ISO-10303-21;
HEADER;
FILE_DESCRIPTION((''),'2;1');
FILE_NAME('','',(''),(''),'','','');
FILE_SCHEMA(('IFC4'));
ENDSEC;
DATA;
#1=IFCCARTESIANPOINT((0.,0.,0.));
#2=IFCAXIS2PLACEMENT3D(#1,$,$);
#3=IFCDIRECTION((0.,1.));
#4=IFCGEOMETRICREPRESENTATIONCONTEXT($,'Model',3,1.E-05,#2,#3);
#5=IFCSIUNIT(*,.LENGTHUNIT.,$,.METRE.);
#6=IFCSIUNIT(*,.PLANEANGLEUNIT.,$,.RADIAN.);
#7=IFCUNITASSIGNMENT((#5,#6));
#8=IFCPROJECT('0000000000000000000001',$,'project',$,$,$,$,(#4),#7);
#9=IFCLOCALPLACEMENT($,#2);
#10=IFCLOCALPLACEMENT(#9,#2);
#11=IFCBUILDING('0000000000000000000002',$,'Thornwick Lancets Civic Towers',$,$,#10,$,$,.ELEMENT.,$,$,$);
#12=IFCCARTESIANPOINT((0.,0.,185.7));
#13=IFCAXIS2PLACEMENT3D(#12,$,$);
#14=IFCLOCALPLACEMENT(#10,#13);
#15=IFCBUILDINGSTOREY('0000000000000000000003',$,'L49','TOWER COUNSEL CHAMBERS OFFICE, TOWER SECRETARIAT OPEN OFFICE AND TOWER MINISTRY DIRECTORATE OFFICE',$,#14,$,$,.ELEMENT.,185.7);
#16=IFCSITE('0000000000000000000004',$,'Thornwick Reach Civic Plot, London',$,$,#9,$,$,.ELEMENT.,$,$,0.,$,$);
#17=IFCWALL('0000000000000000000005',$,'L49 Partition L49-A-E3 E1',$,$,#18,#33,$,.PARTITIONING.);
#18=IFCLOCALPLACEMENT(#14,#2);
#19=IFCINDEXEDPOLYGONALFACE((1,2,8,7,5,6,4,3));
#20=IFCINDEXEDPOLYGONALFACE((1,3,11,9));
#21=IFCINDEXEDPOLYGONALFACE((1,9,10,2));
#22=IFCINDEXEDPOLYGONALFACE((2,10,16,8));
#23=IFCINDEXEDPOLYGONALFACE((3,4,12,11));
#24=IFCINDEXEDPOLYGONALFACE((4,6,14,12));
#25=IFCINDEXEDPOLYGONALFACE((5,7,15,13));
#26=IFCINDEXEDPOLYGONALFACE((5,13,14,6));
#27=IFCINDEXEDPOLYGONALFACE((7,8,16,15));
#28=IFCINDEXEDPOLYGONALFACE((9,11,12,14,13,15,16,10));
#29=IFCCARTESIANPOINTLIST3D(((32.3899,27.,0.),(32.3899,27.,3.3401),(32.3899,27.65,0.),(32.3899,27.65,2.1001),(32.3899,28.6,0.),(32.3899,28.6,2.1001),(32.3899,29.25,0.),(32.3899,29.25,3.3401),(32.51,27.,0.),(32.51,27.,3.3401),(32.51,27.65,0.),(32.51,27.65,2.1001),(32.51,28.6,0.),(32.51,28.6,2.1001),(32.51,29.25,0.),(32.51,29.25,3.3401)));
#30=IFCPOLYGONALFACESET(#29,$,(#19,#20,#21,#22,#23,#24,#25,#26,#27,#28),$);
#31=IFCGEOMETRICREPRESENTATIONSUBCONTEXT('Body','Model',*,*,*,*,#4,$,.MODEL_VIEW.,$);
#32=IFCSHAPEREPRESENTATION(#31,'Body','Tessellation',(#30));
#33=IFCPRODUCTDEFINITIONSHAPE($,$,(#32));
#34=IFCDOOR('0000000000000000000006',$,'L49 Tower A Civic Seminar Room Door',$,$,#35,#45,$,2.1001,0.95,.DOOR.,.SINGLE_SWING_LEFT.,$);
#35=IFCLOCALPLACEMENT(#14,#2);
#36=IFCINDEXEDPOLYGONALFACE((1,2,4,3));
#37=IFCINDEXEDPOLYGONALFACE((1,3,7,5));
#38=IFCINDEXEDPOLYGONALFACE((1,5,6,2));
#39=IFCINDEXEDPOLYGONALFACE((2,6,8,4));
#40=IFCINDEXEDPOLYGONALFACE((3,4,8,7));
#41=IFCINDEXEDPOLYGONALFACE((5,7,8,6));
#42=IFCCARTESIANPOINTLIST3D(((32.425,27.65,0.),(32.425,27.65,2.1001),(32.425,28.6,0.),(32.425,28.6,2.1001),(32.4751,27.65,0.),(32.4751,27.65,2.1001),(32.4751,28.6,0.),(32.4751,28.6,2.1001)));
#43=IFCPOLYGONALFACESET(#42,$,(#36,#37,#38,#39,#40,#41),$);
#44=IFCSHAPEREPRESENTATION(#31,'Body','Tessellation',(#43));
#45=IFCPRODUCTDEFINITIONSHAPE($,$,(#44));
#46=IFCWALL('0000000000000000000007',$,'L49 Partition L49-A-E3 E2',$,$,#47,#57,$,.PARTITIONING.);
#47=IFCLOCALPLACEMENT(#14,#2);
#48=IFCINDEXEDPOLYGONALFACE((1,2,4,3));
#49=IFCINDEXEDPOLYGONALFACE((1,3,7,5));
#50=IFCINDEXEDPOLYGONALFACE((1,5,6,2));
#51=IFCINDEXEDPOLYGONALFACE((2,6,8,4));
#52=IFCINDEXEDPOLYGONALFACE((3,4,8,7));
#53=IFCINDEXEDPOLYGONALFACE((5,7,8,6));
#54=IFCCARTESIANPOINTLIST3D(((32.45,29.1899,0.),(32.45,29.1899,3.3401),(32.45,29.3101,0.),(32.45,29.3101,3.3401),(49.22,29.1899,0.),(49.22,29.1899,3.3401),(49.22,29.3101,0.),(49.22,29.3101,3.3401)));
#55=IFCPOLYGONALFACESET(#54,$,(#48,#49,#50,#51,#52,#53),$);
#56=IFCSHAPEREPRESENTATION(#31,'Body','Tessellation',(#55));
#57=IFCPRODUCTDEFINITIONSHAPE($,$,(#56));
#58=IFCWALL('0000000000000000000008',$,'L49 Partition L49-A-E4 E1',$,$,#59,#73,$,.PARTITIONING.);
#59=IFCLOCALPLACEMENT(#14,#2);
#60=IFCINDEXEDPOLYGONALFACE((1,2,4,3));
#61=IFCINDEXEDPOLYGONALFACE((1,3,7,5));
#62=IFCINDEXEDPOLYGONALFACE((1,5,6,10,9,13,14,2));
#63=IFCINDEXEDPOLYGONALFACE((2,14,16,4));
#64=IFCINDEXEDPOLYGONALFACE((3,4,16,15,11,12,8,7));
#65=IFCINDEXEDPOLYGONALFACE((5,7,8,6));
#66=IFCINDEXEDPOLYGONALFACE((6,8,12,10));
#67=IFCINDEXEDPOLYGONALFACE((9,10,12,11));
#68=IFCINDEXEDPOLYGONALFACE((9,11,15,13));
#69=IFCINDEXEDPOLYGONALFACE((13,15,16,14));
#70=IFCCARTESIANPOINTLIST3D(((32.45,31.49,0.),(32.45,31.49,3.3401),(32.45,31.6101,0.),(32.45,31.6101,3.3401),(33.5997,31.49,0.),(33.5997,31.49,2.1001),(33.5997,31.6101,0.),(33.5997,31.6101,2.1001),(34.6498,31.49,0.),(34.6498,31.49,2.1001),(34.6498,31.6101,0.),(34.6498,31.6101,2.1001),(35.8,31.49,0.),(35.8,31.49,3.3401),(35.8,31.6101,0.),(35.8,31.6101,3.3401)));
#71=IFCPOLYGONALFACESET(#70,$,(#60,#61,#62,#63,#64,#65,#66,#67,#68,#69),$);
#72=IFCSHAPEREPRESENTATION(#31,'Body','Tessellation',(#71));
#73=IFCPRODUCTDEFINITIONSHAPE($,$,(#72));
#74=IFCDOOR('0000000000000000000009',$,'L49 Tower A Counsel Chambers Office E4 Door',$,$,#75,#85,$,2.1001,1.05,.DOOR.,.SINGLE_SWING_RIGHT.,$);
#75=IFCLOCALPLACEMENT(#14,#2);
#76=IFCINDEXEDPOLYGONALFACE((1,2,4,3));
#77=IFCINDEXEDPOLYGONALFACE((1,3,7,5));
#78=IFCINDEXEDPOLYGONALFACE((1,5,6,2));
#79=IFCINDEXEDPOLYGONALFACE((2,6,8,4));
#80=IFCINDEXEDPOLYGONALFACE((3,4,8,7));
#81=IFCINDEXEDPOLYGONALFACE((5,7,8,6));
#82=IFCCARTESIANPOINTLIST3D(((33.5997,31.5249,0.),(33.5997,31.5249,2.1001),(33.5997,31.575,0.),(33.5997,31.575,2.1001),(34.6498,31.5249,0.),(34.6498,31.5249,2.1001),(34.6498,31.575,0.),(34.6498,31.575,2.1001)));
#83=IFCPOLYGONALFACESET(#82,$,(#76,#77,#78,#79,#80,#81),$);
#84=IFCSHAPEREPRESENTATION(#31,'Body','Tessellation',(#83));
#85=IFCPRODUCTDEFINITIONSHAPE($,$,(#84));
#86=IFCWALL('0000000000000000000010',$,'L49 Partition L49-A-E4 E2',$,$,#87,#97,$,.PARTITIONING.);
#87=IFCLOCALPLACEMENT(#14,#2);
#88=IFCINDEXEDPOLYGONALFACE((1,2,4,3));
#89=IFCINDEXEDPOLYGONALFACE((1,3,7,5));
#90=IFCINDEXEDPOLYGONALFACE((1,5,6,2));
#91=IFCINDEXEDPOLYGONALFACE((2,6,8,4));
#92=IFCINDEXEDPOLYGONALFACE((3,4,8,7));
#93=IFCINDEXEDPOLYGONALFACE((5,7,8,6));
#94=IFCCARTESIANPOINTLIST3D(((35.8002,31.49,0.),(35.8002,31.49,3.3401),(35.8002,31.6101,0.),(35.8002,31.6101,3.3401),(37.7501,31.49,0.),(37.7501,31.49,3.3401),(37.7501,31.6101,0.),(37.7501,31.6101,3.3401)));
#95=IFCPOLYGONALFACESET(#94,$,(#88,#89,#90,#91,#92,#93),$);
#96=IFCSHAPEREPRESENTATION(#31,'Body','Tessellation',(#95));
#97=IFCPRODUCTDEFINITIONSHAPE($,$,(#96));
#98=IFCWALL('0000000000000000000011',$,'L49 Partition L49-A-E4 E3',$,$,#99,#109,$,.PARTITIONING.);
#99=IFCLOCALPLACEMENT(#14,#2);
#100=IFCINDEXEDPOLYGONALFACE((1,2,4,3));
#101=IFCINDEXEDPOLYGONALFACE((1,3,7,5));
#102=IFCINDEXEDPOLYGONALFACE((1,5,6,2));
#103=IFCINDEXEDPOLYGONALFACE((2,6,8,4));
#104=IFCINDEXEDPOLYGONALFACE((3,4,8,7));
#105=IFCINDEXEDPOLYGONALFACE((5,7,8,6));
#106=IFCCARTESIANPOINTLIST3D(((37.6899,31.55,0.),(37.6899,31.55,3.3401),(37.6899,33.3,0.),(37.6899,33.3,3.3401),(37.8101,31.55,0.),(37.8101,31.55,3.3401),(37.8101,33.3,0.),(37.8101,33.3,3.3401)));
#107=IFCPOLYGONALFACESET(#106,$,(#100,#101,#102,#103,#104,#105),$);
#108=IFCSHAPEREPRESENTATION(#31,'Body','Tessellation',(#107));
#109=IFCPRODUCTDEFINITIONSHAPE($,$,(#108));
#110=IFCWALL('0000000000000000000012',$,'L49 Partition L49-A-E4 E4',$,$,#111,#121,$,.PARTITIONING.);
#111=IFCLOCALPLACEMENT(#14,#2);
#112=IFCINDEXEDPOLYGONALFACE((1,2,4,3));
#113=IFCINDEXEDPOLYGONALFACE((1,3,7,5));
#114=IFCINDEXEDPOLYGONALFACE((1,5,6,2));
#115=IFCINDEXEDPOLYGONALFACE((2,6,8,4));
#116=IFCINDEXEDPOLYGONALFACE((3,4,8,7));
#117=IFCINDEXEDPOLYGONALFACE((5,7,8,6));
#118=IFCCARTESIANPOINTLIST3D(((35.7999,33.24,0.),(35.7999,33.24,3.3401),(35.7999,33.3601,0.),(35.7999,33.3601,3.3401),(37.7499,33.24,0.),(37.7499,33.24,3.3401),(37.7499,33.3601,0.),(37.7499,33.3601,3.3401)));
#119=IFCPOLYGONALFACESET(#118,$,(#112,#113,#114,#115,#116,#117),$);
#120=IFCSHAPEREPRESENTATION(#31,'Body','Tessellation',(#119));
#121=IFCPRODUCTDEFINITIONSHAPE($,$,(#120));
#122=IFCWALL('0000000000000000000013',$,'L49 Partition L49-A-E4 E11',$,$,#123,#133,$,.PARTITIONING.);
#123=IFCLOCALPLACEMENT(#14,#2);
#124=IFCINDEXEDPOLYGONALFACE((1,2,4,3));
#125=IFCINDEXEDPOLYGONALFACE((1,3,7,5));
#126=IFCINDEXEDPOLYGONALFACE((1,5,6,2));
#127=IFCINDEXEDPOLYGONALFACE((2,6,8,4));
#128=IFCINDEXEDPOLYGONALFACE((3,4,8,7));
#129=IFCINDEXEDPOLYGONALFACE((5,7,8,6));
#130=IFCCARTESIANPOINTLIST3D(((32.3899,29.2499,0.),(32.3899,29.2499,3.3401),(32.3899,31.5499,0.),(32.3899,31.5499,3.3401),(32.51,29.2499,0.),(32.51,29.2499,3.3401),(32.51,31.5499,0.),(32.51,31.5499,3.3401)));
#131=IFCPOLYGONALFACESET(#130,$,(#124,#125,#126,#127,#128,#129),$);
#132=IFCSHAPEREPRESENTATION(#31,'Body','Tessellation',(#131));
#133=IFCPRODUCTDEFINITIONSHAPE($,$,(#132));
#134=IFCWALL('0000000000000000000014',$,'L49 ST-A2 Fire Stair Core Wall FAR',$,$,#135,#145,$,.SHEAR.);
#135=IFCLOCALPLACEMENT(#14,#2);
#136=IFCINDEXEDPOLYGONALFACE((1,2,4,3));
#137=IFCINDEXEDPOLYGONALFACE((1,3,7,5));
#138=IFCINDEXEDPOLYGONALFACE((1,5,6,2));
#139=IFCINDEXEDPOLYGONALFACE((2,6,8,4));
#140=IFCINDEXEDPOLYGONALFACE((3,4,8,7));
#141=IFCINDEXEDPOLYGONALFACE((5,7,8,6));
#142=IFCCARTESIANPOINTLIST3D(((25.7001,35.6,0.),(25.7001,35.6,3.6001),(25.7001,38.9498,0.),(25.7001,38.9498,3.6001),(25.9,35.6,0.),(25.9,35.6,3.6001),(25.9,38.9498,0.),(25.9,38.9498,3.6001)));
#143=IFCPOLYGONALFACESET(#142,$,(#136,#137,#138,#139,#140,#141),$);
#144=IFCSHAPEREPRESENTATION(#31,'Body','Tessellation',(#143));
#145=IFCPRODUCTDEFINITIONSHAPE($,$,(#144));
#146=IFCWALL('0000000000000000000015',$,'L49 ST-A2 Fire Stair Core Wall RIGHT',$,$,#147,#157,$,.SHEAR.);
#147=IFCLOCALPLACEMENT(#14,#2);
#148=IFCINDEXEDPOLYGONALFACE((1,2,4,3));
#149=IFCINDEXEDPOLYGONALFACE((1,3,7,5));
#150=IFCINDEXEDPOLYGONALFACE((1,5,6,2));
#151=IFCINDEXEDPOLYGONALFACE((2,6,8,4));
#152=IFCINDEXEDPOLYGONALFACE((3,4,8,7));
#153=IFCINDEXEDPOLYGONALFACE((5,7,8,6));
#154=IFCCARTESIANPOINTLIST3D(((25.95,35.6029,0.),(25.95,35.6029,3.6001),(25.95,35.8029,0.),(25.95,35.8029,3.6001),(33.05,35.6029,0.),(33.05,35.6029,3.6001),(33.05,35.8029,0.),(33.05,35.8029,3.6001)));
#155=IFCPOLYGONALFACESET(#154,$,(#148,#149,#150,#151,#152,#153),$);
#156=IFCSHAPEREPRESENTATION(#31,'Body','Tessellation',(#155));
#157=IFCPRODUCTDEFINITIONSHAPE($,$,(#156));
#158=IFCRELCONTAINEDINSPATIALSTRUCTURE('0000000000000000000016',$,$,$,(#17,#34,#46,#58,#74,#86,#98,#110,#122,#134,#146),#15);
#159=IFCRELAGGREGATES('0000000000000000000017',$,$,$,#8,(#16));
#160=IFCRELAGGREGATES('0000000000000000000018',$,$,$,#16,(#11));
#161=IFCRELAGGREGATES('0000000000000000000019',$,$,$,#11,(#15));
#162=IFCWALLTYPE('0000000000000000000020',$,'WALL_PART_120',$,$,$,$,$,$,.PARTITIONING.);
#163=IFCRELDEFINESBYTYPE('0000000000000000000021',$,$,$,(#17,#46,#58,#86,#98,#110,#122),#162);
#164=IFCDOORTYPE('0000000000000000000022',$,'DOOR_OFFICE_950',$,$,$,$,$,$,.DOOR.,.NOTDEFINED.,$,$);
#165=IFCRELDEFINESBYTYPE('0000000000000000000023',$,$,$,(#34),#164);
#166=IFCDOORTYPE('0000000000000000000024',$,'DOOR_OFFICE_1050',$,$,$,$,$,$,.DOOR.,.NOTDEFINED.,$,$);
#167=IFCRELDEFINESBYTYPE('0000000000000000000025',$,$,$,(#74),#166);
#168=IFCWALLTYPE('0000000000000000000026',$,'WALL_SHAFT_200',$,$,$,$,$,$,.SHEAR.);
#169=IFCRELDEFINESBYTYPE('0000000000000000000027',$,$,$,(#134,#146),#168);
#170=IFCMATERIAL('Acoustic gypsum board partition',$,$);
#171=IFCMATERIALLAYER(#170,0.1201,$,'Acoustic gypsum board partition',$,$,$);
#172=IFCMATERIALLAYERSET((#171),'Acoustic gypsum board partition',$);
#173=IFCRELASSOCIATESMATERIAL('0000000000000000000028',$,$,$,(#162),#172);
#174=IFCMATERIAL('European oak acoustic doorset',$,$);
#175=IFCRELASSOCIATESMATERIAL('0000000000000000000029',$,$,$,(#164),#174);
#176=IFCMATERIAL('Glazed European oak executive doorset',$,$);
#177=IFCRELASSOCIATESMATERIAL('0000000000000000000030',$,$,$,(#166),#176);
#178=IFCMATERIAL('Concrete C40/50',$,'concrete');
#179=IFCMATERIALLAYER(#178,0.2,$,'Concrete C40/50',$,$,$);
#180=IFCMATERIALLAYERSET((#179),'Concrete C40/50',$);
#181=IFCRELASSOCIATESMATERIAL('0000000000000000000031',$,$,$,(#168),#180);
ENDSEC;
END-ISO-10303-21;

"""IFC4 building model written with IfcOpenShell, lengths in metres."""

from ifc_helpers import new_model, si_unit, direction, frame, frame_2d, origin, place, context, subcontext, project, spatial, rectangle, extrude, material, layer, layer_set, type_object, element, fill, save


model = new_model("IFC4")

# Units and contexts
model_context = context("Model", 3, precision=1e-05, world=origin(), true_north=direction((0.0, 1.0)))
body_context = subcontext(model_context, "Body", "Model", "MODEL_VIEW")
ifc_project = project(units=[si_unit("LENGTHUNIT", "METRE"), si_unit("PLANEANGLEUNIT", "RADIAN")], contexts=[model_context])

# Site, building, storey
site_placement = place(None, origin())
site = spatial("IfcSite", under=ifc_project, at=site_placement, Name="Thornwick Reach Civic Plot, London", CompositionType="ELEMENT", RefElevation=0.0)
building_placement = place(site_placement, origin())
building = spatial("IfcBuilding", under=site, at=building_placement, Name="Thornwick Lancets Civic Towers", CompositionType="ELEMENT")
storey_placement = place(building_placement, frame((0.0, 0.0, 185.7)))
storey = spatial("IfcBuildingStorey", under=building, at=storey_placement, Name="L49", Description="TOWER COUNSEL CHAMBERS OFFICE, TOWER SECRETARIAT OPEN OFFICE AND TOWER MINISTRY DIRECTORATE OFFICE", CompositionType="ELEMENT", Elevation=185.7)

# Wall, opening, door
ifc_material_1 = material(Name="Acoustic gypsum board partition")
ifc_layer_1 = layer(ifc_material_1, 0.1201, Name="Acoustic gypsum board partition")
ifc_layer_set_1 = layer_set([ifc_layer_1], Name="Acoustic gypsum board partition")
wall_type_1 = type_object("IfcWallType", Name="WALL_PART_120", PredefinedType="PARTITIONING", material=ifc_layer_set_1)
wall_1_placement = place(storey_placement, frame((32.45, 27.0, 0.0), z_axis=(0.0, 0.0, 1.0), x_axis=(0.0, 1.0, 0.0)))
wall_1 = element("IfcWall", 1, at=wall_1_placement, inside=storey, type_object=wall_type_1, Name="L49 Partition L49-A-E3 E1", PredefinedType="PARTITIONING", context=body_context, shape_type="SweptSolid", body=[
    extrude(rectangle(XDim=2.25, YDim=0.1201, at=frame_2d((1.125, 0.0))), origin(), (0.0, 0.0, 1.0), 3.3401),
])
opening_1_placement = place(wall_1_placement, frame((0.6499, 0.0, 0.0)))
opening_1 = element("IfcOpeningElement", 2, at=opening_1_placement, cuts=wall_1, PredefinedType="OPENING", context=body_context, shape_type="SweptSolid", body=[
    extrude(rectangle(XDim=0.95, YDim=2.1001, at=frame_2d((0.4751, 1.05))), frame((0.0, 0.0701, 0.0), z_axis=(0.0, -1.0, 0.0), x_axis=(1.0, 0.0, 0.0)), (0.0, 0.0, 1.0), 0.1401),
])
ifc_material_2 = material(Name="European oak acoustic doorset")
door_type_1 = type_object("IfcDoorType", Name="DOOR_OFFICE_950", OperationType="NOTDEFINED", PredefinedType="DOOR", material=ifc_material_2)
door_1_placement = place(opening_1_placement, origin())
door_1 = element("IfcDoor", 3, at=door_1_placement, inside=storey, type_object=door_type_1, Name="L49 Tower A Civic Seminar Room Door", OperationType="SINGLE_SWING_LEFT", OverallHeight=2.1001, OverallWidth=0.95, PredefinedType="DOOR", context=body_context, shape_type="SweptSolid", body=[
    extrude(rectangle(XDim=0.95, YDim=2.1001, at=frame_2d((0.4751, 1.05))), frame((0.0, 0.0249, 0.0), z_axis=(0.0, -1.0, 0.0), x_axis=(1.0, 0.0, 0.0)), (0.0, 0.0, 1.0), 0.05),
])
fill(opening_1, door_1)

# Wall
wall_2_placement = place(storey_placement, frame((32.45, 29.25, 0.0), z_axis=(0.0, 0.0, 1.0), x_axis=(1.0, 0.0, 0.0)))
element("IfcWall", 4, at=wall_2_placement, inside=storey, type_object=wall_type_1, Name="L49 Partition L49-A-E3 E2", PredefinedType="PARTITIONING", context=body_context, shape_type="SweptSolid", body=[
    extrude(rectangle(XDim=16.77, YDim=0.1201, at=frame_2d((8.385, 0.0))), origin(), (0.0, 0.0, 1.0), 3.3401),
])

# Wall, opening, door
wall_3_placement = place(storey_placement, frame((32.45, 31.55, 0.0), z_axis=(0.0, 0.0, 1.0), x_axis=(1.0, 0.0, 0.0)))
wall_3 = element("IfcWall", 5, at=wall_3_placement, inside=storey, type_object=wall_type_1, Name="L49 Partition L49-A-E4 E1", PredefinedType="PARTITIONING", context=body_context, shape_type="SweptSolid", body=[
    extrude(rectangle(XDim=3.3501, YDim=0.1201, at=frame_2d((1.675, 0.0))), origin(), (0.0, 0.0, 1.0), 3.3401),
])
opening_2_placement = place(wall_3_placement, frame((1.1499, 0.0, 0.0)))
opening_2 = element("IfcOpeningElement", 6, at=opening_2_placement, cuts=wall_3, PredefinedType="OPENING", context=body_context, shape_type="SweptSolid", body=[
    extrude(rectangle(XDim=1.05, YDim=2.1001, at=frame_2d((0.5249, 1.05))), frame((0.0, 0.0701, 0.0), z_axis=(0.0, -1.0, 0.0), x_axis=(1.0, 0.0, 0.0)), (0.0, 0.0, 1.0), 0.1401),
])
ifc_material_3 = material(Name="Glazed European oak executive doorset")
door_type_2 = type_object("IfcDoorType", Name="DOOR_OFFICE_1050", OperationType="NOTDEFINED", PredefinedType="DOOR", material=ifc_material_3)
door_2_placement = place(opening_2_placement, origin())
door_2 = element("IfcDoor", 7, at=door_2_placement, inside=storey, type_object=door_type_2, Name="L49 Tower A Counsel Chambers Office E4 Door", OperationType="SINGLE_SWING_RIGHT", OverallHeight=2.1001, OverallWidth=1.05, PredefinedType="DOOR", context=body_context, shape_type="SweptSolid", body=[
    extrude(rectangle(XDim=1.05, YDim=2.1001, at=frame_2d((0.5249, 1.05))), frame((0.0, 0.0249, 0.0), z_axis=(0.0, -1.0, 0.0), x_axis=(1.0, 0.0, 0.0)), (0.0, 0.0, 1.0), 0.05),
])
fill(opening_2, door_2)

# Walls
wall_4_placement = place(storey_placement, frame((35.8, 31.55, 0.0), z_axis=(0.0, 0.0, 1.0), x_axis=(1.0, 0.0, 0.0)))
element("IfcWall", 8, at=wall_4_placement, inside=storey, type_object=wall_type_1, Name="L49 Partition L49-A-E4 E2", PredefinedType="PARTITIONING", context=body_context, shape_type="SweptSolid", body=[
    extrude(rectangle(XDim=1.95, YDim=0.1201, at=frame_2d((0.9751, 0.0))), origin(), (0.0, 0.0, 1.0), 3.3401),
])
wall_5_placement = place(storey_placement, frame((37.75, 31.55, 0.0), z_axis=(0.0, 0.0, 1.0), x_axis=(0.0, 1.0, 0.0)))
element("IfcWall", 9, at=wall_5_placement, inside=storey, type_object=wall_type_1, Name="L49 Partition L49-A-E4 E3", PredefinedType="PARTITIONING", context=body_context, shape_type="SweptSolid", body=[
    extrude(rectangle(XDim=1.75, YDim=0.1201, at=frame_2d((0.875, 0.0))), origin(), (0.0, 0.0, 1.0), 3.3401),
])
wall_6_placement = place(storey_placement, frame((37.75, 33.3, 0.0), z_axis=(0.0, 0.0, 1.0), x_axis=(-1.0, 0.0, 0.0)))
element("IfcWall", 10, at=wall_6_placement, inside=storey, type_object=wall_type_1, Name="L49 Partition L49-A-E4 E4", PredefinedType="PARTITIONING", context=body_context, shape_type="SweptSolid", body=[
    extrude(rectangle(XDim=1.95, YDim=0.1201, at=frame_2d((0.9751, 0.0))), origin(), (0.0, 0.0, 1.0), 3.3401),
])
wall_7_placement = place(storey_placement, frame((32.45, 29.25, 0.0), z_axis=(0.0, 0.0, 1.0), x_axis=(0.0, 1.0, 0.0)))
element("IfcWall", 11, at=wall_7_placement, inside=storey, type_object=wall_type_1, Name="L49 Partition L49-A-E4 E11", PredefinedType="PARTITIONING", context=body_context, shape_type="SweptSolid", body=[
    extrude(rectangle(XDim=2.3, YDim=0.1201, at=frame_2d((1.1499, 0.0))), origin(), (0.0, 0.0, 1.0), 3.3401),
])
ifc_material_4 = material(Name="Concrete C40/50", Category="concrete")
ifc_layer_2 = layer(ifc_material_4, 0.2, Name="Concrete C40/50")
ifc_layer_set_2 = layer_set([ifc_layer_2], Name="Concrete C40/50")
wall_type_2 = type_object("IfcWallType", Name="WALL_SHAFT_200", PredefinedType="SHEAR", material=ifc_layer_set_2)
wall_8_placement = place(storey_placement, frame((25.8, 35.6001, 0.0), z_axis=(0.0, 0.0, 1.0), x_axis=(0.0, 1.0, 0.0)))
element("IfcWall", 12, at=wall_8_placement, inside=storey, type_object=wall_type_2, Name="L49 ST-A2 Fire Stair Core Wall FAR", PredefinedType="SHEAR", context=body_context, shape_type="SweptSolid", body=[
    extrude(rectangle(XDim=3.3499, YDim=0.2, at=frame_2d((1.6748, 0.0))), origin(), (0.0, 0.0, 1.0), 3.6001),
])
wall_9_placement = place(storey_placement, frame((25.95, 35.7029, 0.0), z_axis=(0.0, 0.0, 1.0), x_axis=(1.0, 0.0, 0.0)))
element("IfcWall", 13, at=wall_9_placement, inside=storey, type_object=wall_type_2, Name="L49 ST-A2 Fire Stair Core Wall RIGHT", PredefinedType="SHEAR", context=body_context, shape_type="SweptSolid", body=[
    extrude(rectangle(XDim=7.1001, YDim=0.2, at=frame_2d((3.55, 0.0))), origin(), (0.0, 0.0, 1.0), 3.6001),
])

save(model, "model.ifc")
